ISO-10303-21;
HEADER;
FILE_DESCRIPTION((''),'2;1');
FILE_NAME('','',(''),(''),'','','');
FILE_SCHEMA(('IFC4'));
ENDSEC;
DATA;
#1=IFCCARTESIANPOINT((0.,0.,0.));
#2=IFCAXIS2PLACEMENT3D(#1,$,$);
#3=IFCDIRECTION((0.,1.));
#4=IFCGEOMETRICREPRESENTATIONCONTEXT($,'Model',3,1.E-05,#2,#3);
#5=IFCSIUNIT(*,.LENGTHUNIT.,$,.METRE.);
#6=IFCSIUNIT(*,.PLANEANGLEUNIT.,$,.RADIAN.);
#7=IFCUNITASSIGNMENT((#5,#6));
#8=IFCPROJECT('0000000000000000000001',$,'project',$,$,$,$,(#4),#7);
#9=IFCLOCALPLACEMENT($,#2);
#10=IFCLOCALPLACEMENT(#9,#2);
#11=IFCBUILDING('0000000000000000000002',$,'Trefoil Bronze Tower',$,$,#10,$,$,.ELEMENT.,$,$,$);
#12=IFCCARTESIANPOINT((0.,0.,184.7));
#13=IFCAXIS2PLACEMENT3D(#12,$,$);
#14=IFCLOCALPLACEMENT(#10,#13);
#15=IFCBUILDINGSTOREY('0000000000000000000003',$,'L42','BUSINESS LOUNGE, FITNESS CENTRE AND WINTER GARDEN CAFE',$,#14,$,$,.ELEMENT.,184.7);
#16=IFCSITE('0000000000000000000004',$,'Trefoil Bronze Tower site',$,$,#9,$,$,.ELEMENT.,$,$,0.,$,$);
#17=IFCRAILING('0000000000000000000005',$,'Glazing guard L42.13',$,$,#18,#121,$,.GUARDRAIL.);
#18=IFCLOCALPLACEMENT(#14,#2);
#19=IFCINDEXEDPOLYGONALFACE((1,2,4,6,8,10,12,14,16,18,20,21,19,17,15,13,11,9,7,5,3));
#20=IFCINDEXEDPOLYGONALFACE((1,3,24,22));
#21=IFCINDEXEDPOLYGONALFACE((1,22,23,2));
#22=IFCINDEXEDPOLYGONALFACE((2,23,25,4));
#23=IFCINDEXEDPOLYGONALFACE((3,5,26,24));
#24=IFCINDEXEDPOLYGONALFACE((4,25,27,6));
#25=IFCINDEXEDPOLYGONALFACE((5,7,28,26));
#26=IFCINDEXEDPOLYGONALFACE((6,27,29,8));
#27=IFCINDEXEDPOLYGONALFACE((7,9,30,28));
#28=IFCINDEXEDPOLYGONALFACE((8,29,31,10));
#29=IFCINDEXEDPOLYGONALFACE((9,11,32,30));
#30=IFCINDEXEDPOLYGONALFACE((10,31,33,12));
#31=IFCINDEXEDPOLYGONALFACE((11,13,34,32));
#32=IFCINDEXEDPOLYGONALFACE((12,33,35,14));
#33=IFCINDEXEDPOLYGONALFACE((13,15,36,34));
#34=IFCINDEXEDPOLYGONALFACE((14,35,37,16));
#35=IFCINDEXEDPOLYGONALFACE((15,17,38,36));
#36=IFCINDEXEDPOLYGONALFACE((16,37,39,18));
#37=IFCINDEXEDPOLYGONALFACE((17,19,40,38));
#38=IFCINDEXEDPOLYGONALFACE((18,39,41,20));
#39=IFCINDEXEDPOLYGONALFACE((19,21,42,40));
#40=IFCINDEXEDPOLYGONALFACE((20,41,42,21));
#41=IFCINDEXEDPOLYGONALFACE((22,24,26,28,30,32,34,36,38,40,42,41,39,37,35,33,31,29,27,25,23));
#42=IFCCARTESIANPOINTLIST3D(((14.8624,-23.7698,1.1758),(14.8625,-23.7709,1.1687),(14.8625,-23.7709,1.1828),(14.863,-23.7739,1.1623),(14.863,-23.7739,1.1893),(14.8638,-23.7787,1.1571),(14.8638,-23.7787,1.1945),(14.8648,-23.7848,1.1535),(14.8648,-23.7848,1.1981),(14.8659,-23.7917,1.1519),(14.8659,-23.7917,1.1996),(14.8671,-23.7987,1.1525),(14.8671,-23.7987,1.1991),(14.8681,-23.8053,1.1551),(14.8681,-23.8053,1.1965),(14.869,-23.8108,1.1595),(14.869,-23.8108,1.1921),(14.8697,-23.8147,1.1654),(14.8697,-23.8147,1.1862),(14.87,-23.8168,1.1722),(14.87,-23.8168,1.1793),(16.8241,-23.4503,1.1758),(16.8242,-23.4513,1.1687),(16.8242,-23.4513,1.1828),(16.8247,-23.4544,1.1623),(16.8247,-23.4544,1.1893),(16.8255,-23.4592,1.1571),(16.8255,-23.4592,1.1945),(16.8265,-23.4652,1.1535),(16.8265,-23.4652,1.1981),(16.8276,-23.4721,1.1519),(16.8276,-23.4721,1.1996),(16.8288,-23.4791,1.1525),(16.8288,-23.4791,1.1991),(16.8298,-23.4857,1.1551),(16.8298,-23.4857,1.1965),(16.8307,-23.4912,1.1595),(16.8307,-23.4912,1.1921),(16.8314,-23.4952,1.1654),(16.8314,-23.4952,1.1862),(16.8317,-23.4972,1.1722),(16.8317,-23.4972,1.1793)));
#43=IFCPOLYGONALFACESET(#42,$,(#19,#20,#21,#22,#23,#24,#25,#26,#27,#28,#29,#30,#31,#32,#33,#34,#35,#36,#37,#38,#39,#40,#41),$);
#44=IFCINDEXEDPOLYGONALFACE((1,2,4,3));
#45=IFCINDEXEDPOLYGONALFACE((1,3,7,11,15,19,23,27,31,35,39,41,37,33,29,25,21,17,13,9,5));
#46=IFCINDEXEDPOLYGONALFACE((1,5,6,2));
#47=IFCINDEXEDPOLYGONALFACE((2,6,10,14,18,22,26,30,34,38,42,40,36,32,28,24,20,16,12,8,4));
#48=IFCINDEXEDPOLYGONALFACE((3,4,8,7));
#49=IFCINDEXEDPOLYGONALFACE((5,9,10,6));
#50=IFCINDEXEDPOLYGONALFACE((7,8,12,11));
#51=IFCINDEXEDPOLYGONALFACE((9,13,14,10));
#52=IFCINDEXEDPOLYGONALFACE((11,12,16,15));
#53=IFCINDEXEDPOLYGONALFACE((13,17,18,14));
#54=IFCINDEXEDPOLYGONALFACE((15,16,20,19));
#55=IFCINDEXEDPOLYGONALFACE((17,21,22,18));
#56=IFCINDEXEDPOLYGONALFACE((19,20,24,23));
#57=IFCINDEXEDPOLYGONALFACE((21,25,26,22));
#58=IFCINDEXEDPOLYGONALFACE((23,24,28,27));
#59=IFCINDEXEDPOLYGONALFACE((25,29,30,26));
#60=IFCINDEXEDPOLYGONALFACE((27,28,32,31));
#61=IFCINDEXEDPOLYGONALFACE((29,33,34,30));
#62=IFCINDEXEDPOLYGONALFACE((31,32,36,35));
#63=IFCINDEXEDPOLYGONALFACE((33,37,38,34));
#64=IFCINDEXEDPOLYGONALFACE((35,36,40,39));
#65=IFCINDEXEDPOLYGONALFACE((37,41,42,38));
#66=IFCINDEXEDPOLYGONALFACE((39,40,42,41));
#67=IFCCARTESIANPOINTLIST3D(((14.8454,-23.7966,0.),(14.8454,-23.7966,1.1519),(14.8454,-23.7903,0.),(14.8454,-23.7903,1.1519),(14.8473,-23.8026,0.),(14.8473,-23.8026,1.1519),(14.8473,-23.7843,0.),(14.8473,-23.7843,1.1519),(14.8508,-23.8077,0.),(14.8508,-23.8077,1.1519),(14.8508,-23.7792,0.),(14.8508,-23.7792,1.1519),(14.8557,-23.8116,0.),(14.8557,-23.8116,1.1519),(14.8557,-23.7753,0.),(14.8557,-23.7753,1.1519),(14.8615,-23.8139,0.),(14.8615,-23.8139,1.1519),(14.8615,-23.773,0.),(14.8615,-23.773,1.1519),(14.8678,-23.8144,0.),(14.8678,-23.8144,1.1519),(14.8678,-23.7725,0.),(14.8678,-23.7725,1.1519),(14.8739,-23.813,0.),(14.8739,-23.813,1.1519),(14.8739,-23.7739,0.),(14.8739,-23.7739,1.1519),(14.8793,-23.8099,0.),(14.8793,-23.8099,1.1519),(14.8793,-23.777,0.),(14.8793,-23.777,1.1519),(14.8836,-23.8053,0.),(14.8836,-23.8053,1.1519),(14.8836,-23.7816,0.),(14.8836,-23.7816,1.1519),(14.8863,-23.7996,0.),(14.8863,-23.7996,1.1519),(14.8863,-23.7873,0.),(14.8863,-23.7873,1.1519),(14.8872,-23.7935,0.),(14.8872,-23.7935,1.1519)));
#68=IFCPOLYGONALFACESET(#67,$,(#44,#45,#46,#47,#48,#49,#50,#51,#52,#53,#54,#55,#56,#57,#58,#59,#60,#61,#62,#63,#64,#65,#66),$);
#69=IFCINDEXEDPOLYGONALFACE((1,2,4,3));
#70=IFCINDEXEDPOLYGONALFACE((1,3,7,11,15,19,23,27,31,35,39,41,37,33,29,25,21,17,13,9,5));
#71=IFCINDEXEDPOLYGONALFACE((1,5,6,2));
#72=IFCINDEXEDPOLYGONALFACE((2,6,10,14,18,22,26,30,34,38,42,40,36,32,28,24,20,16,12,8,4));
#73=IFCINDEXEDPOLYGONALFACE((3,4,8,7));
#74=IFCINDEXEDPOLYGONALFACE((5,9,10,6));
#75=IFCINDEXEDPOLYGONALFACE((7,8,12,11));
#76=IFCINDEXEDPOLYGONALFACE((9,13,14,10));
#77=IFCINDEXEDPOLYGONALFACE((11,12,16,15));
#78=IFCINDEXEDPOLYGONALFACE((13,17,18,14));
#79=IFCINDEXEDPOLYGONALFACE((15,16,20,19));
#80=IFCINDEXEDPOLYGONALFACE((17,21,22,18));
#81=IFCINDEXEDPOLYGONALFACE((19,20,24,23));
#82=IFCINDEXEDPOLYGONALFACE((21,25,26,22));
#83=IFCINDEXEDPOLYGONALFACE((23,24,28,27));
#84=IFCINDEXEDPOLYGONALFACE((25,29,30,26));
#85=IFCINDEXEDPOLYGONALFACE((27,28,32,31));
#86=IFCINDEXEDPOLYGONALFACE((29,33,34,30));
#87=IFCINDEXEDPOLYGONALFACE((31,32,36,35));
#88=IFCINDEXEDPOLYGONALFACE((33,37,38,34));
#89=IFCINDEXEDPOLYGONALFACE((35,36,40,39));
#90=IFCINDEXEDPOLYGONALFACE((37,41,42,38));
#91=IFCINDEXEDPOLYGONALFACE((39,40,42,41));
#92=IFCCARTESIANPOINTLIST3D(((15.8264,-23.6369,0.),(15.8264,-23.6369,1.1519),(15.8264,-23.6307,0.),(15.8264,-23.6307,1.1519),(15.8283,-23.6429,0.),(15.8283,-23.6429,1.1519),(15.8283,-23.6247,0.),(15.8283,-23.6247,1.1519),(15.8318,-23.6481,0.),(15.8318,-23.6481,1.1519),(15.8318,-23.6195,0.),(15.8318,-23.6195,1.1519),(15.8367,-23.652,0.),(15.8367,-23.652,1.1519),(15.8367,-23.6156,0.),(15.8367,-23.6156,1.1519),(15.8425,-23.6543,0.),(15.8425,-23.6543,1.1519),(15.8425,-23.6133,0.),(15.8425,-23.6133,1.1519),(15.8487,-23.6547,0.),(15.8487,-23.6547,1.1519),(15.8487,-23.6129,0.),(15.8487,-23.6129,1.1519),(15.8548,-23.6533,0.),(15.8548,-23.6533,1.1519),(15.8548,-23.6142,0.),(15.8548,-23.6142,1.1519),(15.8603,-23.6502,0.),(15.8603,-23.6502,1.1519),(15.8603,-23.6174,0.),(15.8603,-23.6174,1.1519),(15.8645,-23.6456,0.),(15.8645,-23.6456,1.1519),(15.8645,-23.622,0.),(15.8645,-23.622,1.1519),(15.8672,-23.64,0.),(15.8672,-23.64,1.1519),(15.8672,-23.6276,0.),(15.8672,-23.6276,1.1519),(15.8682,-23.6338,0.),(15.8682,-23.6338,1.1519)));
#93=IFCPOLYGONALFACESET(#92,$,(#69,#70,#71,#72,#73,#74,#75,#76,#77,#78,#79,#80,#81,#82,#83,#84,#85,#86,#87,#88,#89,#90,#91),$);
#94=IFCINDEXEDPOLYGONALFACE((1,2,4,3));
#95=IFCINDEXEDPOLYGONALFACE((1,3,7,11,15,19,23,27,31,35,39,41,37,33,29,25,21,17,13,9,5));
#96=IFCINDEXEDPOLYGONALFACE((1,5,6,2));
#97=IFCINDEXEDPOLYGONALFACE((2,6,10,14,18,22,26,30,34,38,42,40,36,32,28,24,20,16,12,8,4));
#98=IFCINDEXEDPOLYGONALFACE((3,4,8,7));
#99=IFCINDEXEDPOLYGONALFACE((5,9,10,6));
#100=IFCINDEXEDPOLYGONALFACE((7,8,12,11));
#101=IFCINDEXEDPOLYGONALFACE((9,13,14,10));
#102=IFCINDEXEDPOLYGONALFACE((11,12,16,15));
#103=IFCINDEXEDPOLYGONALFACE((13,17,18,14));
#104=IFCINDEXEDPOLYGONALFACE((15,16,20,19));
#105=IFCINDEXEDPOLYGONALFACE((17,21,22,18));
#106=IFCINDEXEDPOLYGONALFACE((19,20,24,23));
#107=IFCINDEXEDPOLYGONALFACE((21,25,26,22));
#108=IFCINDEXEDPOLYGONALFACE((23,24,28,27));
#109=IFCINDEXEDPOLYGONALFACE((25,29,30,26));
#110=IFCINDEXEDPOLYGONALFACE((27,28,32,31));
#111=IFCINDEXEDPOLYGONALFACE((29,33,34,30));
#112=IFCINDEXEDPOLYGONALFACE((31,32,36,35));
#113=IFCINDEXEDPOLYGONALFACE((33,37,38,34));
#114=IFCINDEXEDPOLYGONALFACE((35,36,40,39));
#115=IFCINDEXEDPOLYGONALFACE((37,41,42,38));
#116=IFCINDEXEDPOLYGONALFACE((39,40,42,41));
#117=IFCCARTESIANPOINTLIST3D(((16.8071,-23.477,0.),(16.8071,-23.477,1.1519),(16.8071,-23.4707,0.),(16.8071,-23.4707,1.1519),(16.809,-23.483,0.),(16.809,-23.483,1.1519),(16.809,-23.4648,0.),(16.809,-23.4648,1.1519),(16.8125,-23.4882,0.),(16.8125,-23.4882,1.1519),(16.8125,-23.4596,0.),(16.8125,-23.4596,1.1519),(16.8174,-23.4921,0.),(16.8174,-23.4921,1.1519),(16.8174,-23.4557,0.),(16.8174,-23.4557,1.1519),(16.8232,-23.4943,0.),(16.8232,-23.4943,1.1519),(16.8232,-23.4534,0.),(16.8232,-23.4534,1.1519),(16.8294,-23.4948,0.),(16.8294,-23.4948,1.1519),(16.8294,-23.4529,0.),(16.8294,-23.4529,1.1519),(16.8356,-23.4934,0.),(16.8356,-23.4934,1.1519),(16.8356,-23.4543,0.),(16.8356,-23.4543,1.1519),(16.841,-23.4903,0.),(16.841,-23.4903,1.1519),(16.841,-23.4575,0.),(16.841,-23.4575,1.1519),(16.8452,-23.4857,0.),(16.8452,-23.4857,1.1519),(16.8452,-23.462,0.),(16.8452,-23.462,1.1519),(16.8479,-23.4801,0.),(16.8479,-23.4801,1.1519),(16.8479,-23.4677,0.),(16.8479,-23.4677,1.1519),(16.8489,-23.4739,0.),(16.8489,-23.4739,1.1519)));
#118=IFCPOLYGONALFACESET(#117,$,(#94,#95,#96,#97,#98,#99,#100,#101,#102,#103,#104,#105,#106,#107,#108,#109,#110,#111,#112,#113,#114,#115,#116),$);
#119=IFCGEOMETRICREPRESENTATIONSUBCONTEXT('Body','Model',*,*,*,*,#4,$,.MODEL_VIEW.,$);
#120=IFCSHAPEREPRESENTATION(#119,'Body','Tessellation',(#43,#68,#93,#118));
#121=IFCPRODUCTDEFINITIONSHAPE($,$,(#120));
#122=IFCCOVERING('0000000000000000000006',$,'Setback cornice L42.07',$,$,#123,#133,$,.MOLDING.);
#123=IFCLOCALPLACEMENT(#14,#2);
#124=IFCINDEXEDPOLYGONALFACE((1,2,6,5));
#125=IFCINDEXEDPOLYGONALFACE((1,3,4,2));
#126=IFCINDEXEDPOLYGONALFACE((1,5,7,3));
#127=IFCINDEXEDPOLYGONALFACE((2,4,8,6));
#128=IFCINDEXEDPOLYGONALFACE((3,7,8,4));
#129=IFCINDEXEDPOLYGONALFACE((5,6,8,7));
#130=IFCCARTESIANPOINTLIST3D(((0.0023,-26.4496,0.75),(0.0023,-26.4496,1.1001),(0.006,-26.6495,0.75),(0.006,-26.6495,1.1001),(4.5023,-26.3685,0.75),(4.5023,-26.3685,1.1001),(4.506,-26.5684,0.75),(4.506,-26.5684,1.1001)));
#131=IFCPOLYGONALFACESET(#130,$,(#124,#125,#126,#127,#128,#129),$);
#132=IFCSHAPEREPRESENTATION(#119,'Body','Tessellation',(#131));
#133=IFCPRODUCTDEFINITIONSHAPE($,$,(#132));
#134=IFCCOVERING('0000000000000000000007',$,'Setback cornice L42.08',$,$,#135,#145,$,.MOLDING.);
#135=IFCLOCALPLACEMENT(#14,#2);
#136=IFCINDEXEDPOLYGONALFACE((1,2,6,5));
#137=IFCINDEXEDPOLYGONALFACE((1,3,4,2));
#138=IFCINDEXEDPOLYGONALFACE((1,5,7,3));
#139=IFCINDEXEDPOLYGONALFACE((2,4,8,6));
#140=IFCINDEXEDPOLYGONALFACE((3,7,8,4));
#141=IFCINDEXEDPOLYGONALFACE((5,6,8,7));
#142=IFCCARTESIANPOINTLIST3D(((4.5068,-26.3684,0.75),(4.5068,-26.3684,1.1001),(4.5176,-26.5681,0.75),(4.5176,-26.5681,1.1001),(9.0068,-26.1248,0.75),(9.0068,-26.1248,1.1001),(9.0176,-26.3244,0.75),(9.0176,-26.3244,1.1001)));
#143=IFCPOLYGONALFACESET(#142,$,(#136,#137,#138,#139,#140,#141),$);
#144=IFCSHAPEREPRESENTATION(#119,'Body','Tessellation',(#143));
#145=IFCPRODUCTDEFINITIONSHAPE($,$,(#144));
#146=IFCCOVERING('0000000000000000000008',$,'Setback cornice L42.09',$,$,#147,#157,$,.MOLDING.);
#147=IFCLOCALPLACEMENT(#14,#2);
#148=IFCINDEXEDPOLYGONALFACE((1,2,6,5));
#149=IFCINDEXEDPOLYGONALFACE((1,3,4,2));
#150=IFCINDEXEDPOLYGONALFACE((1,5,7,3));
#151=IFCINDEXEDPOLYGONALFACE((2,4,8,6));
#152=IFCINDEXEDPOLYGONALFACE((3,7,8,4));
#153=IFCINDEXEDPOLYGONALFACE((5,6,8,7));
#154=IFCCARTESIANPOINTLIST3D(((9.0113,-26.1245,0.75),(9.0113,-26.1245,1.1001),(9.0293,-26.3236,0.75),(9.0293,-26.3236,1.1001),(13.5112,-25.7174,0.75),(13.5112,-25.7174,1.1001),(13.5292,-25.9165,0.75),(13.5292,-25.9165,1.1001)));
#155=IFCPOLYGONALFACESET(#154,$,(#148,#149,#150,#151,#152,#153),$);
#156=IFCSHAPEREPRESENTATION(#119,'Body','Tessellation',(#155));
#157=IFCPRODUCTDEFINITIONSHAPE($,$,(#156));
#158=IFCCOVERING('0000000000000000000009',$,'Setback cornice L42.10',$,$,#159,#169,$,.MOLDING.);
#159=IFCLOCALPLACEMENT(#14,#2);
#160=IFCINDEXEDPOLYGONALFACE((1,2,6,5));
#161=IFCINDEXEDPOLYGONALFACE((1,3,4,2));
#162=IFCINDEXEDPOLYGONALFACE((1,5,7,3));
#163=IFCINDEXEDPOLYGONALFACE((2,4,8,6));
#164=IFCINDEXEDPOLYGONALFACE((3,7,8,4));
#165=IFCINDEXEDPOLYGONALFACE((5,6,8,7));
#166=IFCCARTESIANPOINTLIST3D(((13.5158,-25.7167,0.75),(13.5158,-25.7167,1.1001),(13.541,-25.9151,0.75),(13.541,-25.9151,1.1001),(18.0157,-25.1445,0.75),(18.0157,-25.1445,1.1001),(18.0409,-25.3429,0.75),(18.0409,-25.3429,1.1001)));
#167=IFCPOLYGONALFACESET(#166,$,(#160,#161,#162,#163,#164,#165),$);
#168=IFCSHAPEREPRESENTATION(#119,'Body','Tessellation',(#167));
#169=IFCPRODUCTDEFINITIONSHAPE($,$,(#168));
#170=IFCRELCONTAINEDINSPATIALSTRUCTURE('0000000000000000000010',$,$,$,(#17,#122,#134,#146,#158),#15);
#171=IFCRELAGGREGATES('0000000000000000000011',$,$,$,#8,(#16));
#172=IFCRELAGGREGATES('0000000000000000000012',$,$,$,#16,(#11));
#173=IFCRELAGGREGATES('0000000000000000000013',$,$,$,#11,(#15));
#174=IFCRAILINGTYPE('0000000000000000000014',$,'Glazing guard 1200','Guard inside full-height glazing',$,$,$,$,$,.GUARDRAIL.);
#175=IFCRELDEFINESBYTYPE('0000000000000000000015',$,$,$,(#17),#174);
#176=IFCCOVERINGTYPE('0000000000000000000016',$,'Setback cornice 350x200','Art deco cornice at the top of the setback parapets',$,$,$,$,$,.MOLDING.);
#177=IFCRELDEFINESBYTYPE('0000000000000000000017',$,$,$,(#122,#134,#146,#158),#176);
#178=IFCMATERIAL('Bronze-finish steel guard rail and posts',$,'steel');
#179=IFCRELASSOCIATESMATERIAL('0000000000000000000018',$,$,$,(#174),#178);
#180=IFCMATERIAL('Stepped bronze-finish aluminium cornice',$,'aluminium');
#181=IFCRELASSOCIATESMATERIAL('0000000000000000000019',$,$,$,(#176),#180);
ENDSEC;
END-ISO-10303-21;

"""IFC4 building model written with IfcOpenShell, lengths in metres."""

from ifc_helpers import new_model, si_unit, direction, frame, origin, origin_2d, place, context, subcontext, project, spatial, rectangle, circle, extrude, material, type_object, element, save


model = new_model("IFC4")

# Units and contexts
model_context = context("Model", 3, precision=1e-05, world=origin(), true_north=direction((0.0, 1.0)))
body_context = subcontext(model_context, "Body", "Model", "MODEL_VIEW")
ifc_project = project(units=[si_unit("LENGTHUNIT", "METRE"), si_unit("PLANEANGLEUNIT", "RADIAN")], contexts=[model_context])

# Site, building, storey
site_placement = place(None, origin())
site = spatial("IfcSite", under=ifc_project, at=site_placement, Name="Trefoil Bronze Tower site", CompositionType="ELEMENT", RefElevation=0.0)
building_placement = place(site_placement, origin())
building = spatial("IfcBuilding", under=site, at=building_placement, Name="Trefoil Bronze Tower", CompositionType="ELEMENT")
storey_placement = place(building_placement, frame((0.0, 0.0, 184.7)))
storey = spatial("IfcBuildingStorey", under=building, at=storey_placement, Name="L42", Description="BUSINESS LOUNGE, FITNESS CENTRE AND WINTER GARDEN CAFE", CompositionType="ELEMENT", Elevation=184.7)

# Railing
ifc_material_1 = material(Name="Bronze-finish steel guard rail and posts", Category="steel")
railing_type = type_object("IfcRailingType", Name="Glazing guard 1200", Description="Guard inside full-height glazing", PredefinedType="GUARDRAIL", material=ifc_material_1)
railing_1_placement = place(storey_placement, frame((14.8662, -23.7935, 0.0)))
element("IfcRailing", 1, at=railing_1_placement, inside=storey, type_object=railing_type, Name="Glazing guard L42.13", PredefinedType="GUARDRAIL", context=body_context, shape_type="SweptSolid", body=[
    extrude(circle(Radius=0.0239, at=origin_2d()), frame((0.0, 0.0, 1.1758), z_axis=(0.986988, 0.160792, 0.0), x_axis=(-0.160792, 0.986988, 0.0)), (0.0, 0.0, 1.0), 1.9875),
    extrude(circle(Radius=0.021, at=origin_2d()), origin(), (0.0, 0.0, 1.0), 1.1519),
    extrude(circle(Radius=0.021, at=origin_2d()), frame((0.981, 0.1597, 0.0)), (0.0, 0.0, 1.0), 1.1519),
    extrude(circle(Radius=0.021, at=origin_2d()), frame((1.9617, 0.3196, 0.0)), (0.0, 0.0, 1.0), 1.1519),
])

# Coverings
ifc_material_2 = material(Name="Stepped bronze-finish aluminium cornice", Category="aluminium")
covering_type = type_object("IfcCoveringType", Name="Setback cornice 350x200", Description="Art deco cornice at the top of the setback parapets", PredefinedType="MOLDING", material=ifc_material_2)
covering_1_placement = place(storey_placement, frame((2.2542, -26.509, 0.75), z_axis=(0.0, 0.0, 1.0), x_axis=(0.999838, 0.018021, 0.0)))
element("IfcCovering", 2, at=covering_1_placement, inside=storey, type_object=covering_type, Name="Setback cornice L42.07", PredefinedType="MOLDING", context=body_context, shape_type="SweptSolid", body=[
    extrude(rectangle(XDim=4.5007, YDim=0.2, at=origin_2d()), origin(), (0.0, 0.0, 1.0), 0.3501),
])
covering_2_placement = place(storey_placement, frame((6.7622, -26.3464, 0.75), z_axis=(0.0, 0.0, 1.0), x_axis=(0.998538, 0.054063, 0.0)))
element("IfcCovering", 3, at=covering_2_placement, inside=storey, type_object=covering_type, Name="Setback cornice L42.08", PredefinedType="MOLDING", context=body_context, shape_type="SweptSolid", body=[
    extrude(rectangle(XDim=4.5066, YDim=0.2, at=origin_2d()), origin(), (0.0, 0.0, 1.0), 0.3501),
])
covering_3_placement = place(storey_placement, frame((11.2703, -26.0205, 0.75), z_axis=(0.0, 0.0, 1.0), x_axis=(0.995932, 0.090105, 0.0)))
element("IfcCovering", 4, at=covering_3_placement, inside=storey, type_object=covering_type, Name="Setback cornice L42.09", PredefinedType="MOLDING", context=body_context, shape_type="SweptSolid", body=[
    extrude(rectangle(XDim=4.5183, YDim=0.2, at=origin_2d()), origin(), (0.0, 0.0, 1.0), 0.3501),
])
covering_4_placement = place(storey_placement, frame((15.7783, -25.5298, 0.75), z_axis=(0.0, 0.0, 1.0), x_axis=(0.992012, 0.126147, 0.0)))
element("IfcCovering", 5, at=covering_4_placement, inside=storey, type_object=covering_type, Name="Setback cornice L42.10", PredefinedType="MOLDING", context=body_context, shape_type="SweptSolid", body=[
    extrude(rectangle(XDim=4.5361, YDim=0.2, at=origin_2d()), origin(), (0.0, 0.0, 1.0), 0.3501),
])

save(model, "model.ifc")
